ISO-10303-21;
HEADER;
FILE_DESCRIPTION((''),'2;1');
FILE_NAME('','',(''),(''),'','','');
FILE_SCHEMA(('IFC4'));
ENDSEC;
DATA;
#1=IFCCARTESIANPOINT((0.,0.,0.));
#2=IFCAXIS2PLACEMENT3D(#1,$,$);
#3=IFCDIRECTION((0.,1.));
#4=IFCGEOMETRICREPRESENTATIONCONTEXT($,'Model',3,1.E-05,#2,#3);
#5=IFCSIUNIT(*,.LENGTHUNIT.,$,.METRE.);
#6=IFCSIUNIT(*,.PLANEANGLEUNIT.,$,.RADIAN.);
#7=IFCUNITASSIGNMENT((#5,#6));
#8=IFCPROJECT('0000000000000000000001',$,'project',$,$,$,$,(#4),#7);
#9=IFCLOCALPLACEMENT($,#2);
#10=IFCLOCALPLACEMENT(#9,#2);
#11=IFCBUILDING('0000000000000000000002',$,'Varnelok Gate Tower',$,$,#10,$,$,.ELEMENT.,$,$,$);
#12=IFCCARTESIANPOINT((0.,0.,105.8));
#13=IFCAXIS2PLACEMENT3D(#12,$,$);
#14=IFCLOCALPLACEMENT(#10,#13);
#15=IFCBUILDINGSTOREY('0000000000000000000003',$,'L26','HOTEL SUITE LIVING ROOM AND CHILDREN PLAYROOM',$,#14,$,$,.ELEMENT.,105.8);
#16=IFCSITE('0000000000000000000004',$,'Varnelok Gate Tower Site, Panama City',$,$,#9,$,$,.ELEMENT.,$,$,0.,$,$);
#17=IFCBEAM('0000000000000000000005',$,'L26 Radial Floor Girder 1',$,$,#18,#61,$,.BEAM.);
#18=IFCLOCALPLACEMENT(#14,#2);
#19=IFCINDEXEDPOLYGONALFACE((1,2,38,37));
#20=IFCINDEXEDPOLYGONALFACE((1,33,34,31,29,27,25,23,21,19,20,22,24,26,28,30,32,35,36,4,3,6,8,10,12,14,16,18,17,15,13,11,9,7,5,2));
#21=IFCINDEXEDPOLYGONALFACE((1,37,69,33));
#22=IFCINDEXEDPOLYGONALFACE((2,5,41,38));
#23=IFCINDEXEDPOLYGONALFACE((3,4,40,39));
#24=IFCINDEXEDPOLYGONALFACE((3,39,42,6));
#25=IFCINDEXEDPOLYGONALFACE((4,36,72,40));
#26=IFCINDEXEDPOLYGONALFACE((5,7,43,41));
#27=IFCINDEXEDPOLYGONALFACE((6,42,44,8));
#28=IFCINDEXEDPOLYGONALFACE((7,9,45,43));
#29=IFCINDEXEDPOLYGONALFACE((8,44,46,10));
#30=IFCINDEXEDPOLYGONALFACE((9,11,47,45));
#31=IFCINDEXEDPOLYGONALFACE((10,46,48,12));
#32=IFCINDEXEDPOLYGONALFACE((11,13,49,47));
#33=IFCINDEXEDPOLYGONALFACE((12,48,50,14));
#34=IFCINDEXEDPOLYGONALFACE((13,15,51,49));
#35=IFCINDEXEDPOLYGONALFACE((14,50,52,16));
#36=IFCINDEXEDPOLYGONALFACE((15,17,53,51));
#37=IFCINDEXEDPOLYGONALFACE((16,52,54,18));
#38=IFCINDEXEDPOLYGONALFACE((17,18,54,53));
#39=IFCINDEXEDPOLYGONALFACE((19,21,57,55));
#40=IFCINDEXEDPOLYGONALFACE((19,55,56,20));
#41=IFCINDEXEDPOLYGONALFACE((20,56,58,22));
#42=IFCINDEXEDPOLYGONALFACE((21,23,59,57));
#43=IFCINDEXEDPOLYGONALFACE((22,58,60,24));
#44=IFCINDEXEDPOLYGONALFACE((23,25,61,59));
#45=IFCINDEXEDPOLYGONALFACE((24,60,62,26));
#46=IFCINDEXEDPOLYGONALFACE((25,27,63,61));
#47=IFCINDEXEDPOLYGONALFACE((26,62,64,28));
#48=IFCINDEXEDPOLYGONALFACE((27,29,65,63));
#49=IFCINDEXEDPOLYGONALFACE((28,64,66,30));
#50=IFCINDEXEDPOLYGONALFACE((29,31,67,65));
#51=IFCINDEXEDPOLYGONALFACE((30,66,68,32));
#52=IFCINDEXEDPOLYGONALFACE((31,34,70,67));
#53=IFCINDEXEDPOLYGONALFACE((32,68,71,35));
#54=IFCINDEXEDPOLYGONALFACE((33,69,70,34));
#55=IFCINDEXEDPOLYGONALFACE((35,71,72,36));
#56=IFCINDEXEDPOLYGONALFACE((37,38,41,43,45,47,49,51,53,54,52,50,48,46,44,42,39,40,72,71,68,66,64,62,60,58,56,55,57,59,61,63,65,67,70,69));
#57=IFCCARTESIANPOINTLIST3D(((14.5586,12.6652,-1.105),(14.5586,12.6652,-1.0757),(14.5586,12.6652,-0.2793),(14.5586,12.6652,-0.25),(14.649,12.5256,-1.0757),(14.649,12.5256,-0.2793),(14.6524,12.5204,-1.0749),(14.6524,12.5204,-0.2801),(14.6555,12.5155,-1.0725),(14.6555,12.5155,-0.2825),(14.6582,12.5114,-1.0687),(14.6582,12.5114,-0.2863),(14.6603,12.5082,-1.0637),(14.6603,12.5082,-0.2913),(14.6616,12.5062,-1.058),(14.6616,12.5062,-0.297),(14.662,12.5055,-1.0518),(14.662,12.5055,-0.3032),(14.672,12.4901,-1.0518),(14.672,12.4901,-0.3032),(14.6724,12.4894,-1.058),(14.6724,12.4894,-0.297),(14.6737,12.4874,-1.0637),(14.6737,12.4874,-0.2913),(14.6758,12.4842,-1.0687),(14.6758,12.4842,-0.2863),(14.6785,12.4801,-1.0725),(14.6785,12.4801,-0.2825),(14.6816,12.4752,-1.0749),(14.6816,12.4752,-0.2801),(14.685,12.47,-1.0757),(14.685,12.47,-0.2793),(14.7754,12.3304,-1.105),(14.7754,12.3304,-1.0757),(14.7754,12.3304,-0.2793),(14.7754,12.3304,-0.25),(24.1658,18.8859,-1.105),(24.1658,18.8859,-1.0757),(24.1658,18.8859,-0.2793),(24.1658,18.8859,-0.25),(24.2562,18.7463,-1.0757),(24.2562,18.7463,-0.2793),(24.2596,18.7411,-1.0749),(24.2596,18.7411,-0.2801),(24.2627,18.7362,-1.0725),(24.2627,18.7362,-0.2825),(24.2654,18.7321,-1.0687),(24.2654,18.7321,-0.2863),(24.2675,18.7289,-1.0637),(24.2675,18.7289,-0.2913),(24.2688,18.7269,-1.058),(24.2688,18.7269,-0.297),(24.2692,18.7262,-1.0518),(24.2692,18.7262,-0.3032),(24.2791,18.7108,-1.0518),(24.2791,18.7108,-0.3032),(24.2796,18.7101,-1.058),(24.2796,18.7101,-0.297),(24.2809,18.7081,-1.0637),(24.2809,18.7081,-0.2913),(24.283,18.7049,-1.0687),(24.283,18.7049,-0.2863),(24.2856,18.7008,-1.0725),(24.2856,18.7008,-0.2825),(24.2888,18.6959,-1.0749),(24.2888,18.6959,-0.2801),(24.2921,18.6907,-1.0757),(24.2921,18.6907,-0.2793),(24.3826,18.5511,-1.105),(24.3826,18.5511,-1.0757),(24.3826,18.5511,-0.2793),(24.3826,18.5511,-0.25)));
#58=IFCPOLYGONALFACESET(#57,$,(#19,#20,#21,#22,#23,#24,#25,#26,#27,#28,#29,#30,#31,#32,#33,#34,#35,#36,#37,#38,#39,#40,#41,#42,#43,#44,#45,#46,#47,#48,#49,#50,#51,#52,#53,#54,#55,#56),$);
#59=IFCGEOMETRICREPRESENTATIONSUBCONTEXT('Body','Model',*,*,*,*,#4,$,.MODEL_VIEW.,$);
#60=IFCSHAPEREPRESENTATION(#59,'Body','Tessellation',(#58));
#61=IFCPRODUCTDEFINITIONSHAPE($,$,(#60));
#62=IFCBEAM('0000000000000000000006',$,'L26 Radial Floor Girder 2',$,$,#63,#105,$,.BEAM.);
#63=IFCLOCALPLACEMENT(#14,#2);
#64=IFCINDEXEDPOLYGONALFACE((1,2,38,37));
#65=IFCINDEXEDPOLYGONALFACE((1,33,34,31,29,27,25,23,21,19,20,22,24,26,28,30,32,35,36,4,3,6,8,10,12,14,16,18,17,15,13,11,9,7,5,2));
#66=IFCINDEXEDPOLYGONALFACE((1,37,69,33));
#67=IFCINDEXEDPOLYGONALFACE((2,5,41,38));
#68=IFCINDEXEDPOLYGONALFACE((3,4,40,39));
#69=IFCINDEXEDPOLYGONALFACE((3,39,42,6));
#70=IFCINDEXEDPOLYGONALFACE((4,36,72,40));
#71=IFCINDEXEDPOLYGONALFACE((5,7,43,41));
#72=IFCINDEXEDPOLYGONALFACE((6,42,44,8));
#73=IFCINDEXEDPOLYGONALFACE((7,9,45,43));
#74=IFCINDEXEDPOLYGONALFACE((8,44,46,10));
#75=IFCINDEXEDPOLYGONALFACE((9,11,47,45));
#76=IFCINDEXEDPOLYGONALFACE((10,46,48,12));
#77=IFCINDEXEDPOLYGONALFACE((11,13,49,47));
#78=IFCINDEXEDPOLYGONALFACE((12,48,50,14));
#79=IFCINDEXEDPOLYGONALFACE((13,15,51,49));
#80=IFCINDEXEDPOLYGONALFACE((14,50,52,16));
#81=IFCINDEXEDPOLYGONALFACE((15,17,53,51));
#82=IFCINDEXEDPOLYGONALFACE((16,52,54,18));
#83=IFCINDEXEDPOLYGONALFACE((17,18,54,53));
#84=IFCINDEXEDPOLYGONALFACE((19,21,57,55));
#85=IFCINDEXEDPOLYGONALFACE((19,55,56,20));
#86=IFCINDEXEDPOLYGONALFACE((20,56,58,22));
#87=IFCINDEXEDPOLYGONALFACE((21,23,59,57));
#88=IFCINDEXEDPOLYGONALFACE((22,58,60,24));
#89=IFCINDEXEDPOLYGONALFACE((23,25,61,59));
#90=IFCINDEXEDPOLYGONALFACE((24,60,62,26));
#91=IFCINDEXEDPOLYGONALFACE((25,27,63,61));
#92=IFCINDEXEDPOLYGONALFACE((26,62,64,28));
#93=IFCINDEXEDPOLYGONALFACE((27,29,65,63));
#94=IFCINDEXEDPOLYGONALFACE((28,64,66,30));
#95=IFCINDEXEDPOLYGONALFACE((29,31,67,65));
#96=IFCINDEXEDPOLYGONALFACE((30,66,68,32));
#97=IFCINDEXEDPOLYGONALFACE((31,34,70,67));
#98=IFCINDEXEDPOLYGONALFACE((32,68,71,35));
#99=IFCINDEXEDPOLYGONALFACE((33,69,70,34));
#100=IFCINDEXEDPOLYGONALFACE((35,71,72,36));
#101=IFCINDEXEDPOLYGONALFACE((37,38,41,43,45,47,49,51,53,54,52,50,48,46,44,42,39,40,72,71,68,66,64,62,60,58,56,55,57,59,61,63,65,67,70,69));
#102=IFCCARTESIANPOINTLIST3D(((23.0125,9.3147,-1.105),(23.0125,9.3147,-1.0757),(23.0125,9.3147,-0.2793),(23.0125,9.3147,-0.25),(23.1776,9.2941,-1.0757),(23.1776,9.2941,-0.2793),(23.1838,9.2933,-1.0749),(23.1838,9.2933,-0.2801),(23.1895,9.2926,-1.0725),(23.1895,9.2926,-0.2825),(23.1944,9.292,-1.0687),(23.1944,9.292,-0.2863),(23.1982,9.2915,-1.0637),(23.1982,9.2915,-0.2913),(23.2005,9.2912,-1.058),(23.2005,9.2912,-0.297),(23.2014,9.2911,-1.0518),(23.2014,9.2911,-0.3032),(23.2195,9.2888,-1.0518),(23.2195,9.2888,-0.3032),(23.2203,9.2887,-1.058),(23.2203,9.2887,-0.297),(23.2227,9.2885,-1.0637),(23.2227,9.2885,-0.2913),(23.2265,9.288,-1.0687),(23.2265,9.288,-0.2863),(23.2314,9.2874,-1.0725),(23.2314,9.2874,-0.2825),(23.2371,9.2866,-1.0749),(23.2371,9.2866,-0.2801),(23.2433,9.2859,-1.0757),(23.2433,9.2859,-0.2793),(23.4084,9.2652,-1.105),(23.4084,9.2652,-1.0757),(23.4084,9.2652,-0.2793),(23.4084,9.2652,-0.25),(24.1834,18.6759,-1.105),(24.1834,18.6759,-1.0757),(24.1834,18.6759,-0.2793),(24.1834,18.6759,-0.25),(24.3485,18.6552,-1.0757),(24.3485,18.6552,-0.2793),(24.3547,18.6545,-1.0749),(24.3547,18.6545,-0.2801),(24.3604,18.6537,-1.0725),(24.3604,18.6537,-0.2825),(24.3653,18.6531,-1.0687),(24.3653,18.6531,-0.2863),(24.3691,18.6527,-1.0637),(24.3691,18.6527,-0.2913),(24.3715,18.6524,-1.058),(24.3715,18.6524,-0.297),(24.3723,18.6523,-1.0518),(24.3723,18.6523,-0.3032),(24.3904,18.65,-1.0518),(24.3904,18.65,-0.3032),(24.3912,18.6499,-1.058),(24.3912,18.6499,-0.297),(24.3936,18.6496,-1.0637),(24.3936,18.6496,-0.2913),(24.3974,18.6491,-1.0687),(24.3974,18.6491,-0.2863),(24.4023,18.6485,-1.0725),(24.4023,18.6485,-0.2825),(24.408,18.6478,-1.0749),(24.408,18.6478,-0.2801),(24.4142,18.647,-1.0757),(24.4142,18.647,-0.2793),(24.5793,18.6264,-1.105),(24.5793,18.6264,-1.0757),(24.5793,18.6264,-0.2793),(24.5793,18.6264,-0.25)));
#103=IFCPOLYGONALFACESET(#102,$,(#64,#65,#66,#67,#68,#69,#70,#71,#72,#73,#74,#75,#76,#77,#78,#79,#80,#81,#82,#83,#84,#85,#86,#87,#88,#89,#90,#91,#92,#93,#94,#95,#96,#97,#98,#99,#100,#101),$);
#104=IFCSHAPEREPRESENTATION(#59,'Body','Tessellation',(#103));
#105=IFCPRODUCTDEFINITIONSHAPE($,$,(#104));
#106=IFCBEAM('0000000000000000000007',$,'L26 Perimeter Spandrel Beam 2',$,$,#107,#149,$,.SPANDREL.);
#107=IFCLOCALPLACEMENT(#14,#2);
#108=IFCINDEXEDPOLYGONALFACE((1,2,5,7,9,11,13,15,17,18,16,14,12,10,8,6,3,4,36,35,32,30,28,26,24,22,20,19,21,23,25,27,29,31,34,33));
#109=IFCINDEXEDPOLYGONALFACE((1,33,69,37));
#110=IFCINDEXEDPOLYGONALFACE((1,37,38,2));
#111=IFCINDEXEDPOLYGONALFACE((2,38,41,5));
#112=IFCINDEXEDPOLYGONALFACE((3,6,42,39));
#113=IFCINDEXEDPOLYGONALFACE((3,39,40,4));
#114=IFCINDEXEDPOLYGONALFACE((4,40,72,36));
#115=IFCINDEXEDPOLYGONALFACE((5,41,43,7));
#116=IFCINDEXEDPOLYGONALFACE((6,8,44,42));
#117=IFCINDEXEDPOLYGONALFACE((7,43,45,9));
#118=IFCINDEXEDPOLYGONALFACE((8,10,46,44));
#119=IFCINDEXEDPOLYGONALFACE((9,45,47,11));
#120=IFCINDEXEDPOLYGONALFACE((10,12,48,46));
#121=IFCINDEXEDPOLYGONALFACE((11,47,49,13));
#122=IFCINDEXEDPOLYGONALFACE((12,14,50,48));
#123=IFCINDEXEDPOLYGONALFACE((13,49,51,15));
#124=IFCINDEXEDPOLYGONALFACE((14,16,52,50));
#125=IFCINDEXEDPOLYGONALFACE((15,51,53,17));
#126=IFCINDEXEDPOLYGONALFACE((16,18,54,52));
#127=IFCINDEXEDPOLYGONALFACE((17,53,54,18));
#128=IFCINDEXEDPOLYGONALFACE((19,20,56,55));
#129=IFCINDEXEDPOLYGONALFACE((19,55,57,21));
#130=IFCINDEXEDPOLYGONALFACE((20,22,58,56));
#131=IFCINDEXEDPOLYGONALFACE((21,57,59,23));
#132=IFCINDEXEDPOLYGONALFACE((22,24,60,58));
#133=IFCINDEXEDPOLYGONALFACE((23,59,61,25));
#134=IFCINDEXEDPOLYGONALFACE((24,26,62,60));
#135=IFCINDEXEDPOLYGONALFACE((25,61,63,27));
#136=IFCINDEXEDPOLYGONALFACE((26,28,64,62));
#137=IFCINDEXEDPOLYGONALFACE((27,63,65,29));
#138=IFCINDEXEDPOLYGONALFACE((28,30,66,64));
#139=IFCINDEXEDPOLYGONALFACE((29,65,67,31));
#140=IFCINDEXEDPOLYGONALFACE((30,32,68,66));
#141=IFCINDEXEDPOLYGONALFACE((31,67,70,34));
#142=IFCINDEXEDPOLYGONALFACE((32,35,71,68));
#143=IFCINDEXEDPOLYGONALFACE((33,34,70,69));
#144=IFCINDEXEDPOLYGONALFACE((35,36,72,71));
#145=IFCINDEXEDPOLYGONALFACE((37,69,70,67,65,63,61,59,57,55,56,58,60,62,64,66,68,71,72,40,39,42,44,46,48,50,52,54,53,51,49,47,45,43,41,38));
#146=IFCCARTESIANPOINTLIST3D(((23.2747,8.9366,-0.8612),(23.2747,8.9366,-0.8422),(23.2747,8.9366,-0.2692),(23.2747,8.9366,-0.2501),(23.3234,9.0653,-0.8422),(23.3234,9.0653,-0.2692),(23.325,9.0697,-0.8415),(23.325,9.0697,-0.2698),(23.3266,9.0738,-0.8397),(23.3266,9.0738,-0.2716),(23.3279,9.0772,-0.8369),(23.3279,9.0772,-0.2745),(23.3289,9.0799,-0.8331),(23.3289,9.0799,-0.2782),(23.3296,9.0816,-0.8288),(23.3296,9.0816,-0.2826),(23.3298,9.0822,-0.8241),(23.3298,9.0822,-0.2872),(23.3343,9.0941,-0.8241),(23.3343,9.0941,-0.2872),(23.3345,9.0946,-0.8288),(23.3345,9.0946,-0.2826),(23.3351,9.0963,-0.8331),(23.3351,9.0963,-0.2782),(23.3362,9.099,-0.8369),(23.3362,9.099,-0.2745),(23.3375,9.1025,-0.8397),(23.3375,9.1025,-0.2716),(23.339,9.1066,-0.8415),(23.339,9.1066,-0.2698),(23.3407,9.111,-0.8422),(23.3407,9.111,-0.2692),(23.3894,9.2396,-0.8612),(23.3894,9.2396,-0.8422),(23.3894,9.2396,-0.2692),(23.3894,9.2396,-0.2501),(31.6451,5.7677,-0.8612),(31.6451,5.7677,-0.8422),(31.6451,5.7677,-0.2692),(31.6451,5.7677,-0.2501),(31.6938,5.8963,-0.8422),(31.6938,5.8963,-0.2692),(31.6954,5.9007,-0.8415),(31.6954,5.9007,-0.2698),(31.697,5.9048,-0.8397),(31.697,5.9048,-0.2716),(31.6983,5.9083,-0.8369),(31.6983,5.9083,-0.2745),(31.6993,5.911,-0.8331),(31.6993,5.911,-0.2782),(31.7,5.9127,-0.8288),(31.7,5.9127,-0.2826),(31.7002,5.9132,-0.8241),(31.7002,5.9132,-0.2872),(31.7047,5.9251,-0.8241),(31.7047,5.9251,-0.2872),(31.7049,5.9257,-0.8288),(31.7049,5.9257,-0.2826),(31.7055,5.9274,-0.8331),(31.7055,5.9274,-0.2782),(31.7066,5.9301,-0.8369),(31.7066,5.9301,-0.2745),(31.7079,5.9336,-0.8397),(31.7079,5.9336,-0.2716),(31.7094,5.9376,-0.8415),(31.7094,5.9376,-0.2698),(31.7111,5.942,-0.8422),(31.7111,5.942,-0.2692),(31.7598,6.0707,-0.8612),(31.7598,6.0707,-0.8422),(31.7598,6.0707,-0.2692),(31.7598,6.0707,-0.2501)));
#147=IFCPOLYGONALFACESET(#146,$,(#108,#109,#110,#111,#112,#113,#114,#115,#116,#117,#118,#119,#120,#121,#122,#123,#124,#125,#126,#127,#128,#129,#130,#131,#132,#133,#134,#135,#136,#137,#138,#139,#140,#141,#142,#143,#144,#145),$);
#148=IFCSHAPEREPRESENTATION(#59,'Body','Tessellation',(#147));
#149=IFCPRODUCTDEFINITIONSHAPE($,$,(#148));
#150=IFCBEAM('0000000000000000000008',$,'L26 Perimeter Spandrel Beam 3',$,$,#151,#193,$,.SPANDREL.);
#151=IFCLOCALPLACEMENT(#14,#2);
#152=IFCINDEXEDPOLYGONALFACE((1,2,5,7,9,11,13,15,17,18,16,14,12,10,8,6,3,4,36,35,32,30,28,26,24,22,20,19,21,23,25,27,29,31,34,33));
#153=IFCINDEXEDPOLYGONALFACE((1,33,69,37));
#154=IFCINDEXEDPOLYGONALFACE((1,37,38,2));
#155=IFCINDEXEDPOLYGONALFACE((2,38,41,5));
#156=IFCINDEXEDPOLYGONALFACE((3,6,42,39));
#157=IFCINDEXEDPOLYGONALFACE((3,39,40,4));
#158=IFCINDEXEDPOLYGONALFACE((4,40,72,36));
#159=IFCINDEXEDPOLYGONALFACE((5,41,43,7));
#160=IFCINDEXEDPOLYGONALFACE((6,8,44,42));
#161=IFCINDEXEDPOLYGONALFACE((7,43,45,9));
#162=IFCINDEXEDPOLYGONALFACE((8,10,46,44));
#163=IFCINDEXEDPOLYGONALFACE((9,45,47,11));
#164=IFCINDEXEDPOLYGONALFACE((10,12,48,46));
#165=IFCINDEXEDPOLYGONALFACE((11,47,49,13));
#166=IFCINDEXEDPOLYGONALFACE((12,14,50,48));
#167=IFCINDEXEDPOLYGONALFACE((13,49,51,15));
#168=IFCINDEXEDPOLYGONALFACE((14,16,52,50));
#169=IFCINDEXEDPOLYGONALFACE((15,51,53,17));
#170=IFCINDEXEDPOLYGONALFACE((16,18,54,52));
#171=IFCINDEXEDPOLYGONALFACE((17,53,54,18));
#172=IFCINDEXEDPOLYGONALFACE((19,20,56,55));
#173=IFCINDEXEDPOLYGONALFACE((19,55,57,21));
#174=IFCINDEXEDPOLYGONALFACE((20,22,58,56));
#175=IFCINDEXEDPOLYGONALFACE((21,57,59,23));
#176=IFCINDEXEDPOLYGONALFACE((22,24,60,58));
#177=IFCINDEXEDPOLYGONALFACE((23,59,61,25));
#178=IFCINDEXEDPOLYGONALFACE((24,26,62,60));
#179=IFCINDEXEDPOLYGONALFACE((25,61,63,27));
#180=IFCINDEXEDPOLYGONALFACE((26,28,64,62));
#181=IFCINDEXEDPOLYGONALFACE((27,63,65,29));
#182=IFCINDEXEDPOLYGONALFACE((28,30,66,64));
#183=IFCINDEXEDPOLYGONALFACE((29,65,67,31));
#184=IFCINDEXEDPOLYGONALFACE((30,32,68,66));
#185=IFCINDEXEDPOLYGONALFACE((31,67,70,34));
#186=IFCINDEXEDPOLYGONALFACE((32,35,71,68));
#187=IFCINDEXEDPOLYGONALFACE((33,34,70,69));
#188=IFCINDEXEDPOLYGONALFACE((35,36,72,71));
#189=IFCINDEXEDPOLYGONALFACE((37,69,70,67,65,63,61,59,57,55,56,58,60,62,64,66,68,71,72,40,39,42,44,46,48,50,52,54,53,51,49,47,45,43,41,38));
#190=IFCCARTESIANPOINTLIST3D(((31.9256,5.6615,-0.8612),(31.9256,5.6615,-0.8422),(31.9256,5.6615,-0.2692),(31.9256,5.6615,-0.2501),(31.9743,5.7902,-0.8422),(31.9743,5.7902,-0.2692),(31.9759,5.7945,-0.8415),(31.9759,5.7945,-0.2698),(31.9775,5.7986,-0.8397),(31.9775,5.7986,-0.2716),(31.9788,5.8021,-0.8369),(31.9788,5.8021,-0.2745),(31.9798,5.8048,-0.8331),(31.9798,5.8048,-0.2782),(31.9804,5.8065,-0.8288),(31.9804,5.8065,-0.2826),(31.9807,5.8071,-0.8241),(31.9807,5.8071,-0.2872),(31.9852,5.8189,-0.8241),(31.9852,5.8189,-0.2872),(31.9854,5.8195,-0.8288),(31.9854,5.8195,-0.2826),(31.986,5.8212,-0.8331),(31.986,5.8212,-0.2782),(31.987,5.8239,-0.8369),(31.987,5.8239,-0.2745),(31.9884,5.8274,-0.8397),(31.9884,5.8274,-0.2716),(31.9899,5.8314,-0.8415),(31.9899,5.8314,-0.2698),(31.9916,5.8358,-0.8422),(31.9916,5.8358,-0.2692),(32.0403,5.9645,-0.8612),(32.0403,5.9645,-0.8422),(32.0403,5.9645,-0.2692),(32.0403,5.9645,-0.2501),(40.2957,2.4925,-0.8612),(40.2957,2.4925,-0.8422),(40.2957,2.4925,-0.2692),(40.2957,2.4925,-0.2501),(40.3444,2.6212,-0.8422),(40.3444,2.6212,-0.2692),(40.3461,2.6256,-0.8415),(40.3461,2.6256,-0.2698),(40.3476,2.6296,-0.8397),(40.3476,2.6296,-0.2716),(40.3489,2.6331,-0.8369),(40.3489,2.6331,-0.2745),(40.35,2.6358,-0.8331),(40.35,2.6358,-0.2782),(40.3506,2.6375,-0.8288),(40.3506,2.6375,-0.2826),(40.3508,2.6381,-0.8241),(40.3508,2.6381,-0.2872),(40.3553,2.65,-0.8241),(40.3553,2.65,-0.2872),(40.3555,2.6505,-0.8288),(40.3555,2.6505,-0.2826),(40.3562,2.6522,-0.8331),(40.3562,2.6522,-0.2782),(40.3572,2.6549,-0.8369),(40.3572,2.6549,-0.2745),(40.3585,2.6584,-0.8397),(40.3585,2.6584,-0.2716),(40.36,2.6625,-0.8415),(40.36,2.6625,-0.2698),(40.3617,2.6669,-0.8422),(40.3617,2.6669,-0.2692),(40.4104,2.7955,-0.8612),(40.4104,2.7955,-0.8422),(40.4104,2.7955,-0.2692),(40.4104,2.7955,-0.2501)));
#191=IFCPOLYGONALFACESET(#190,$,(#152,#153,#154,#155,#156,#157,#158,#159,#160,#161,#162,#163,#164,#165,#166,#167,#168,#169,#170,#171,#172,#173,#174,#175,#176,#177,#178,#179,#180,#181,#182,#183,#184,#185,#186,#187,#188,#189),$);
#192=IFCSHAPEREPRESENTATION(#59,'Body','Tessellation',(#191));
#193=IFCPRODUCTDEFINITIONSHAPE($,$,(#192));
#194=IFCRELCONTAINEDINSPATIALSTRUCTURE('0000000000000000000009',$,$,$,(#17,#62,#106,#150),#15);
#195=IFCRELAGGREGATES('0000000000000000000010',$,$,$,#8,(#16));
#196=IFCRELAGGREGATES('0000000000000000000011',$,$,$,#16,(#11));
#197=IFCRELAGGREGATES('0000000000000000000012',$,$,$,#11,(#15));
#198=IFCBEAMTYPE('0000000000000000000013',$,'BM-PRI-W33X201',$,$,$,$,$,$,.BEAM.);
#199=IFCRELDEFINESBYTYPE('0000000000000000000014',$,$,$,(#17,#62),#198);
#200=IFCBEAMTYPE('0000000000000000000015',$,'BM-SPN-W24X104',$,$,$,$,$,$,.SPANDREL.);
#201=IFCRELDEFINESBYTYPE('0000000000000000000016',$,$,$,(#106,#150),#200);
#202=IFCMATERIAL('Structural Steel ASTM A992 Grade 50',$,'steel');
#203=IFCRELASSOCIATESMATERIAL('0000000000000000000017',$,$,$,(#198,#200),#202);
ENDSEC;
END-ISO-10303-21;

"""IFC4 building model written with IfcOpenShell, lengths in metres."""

from ifc_helpers import new_model, si_unit, direction, frame, origin, origin_2d, place, context, subcontext, project, spatial, i_section, extrude, material, material_profile, profile_set, type_object, element, save


model = new_model("IFC4")

# Units and contexts
model_context = context("Model", 3, precision=1e-05, world=origin(), true_north=direction((0.0, 1.0)))
body_context = subcontext(model_context, "Body", "Model", "MODEL_VIEW")
ifc_project = project(units=[si_unit("LENGTHUNIT", "METRE"), si_unit("PLANEANGLEUNIT", "RADIAN")], contexts=[model_context])

# Site, building, storey
site_placement = place(None, origin())
site = spatial("IfcSite", under=ifc_project, at=site_placement, Name="Varnelok Gate Tower Site, Panama City", CompositionType="ELEMENT", RefElevation=0.0)
building_placement = place(site_placement, origin())
building = spatial("IfcBuilding", under=site, at=building_placement, Name="Varnelok Gate Tower", CompositionType="ELEMENT")
storey_placement = place(building_placement, frame((0.0, 0.0, 105.8)))
storey = spatial("IfcBuildingStorey", under=building, at=storey_placement, Name="L26", Description="HOTEL SUITE LIVING ROOM AND CHILDREN PLAYROOM", CompositionType="ELEMENT", Elevation=105.8)

# Shared definitions
ifc_material_1 = material(Name="Structural Steel ASTM A992 Grade 50", Category="steel")

# Beams
ifc_material_profile_1 = material_profile(ifc_material_1, i_section(OverallWidth=0.3989, OverallDepth=0.855, WebThickness=0.0183, FlangeThickness=0.0293, FilletRadius=0.0239, at=origin_2d()), Name="W33X201")
ifc_profile_set_1 = profile_set([ifc_material_profile_1], Name="Structural Steel ASTM A992 Grade 50")
beam_type_1 = type_object("IfcBeamType", Name="BM-PRI-W33X201", PredefinedType="BEAM", material=ifc_profile_set_1)
beam_1_placement = place(storey_placement, frame((24.2742, 18.7185, -0.6775), z_axis=(-0.839399, -0.543516, 0.0), x_axis=(0.543516, -0.839399, 0.0)))
element("IfcBeam", 1, at=beam_1_placement, inside=storey, type_object=beam_type_1, Name="L26 Radial Floor Girder 1", PredefinedType="BEAM", context=body_context, shape_type="SweptSolid", body=[
    extrude(i_section(OverallWidth=0.3989, OverallDepth=0.855, WebThickness=0.0183, FlangeThickness=0.0293, FilletRadius=0.0239, at=origin_2d()), origin(), (0.0, 0.0, 1.0), 11.4453),
])
beam_2_placement = place(storey_placement, frame((24.3813, 18.6511, -0.6775), z_axis=(-0.124114, -0.992268, 0.0), x_axis=(0.992268, -0.124114, 0.0)))
element("IfcBeam", 2, at=beam_2_placement, inside=storey, type_object=beam_type_1, Name="L26 Radial Floor Girder 2", PredefinedType="BEAM", context=body_context, shape_type="SweptSolid", body=[
    extrude(i_section(OverallWidth=0.3989, OverallDepth=0.855, WebThickness=0.0183, FlangeThickness=0.0293, FilletRadius=0.0239, at=origin_2d()), origin(), (0.0, 0.0, 1.0), 9.4341),
])
ifc_material_profile_2 = material_profile(ifc_material_1, i_section(OverallWidth=0.324, OverallDepth=0.6111, WebThickness=0.0127, FlangeThickness=0.019, FilletRadius=0.0181, at=origin_2d()), Name="W24X104")
ifc_profile_set_2 = profile_set([ifc_material_profile_2], Name="Structural Steel ASTM A992 Grade 50")
beam_type_2 = type_object("IfcBeamType", Name="BM-SPN-W24X104", PredefinedType="SPANDREL", material=ifc_profile_set_2)
beam_3_placement = place(storey_placement, frame((23.332, 9.0881, -0.5557), z_axis=(0.93522, -0.354066, 0.0), x_axis=(0.354066, 0.93522, 0.0)))
element("IfcBeam", 3, at=beam_3_placement, inside=storey, type_object=beam_type_2, Name="L26 Perimeter Spandrel Beam 2", PredefinedType="SPANDREL", context=body_context, shape_type="SweptSolid", body=[
    extrude(i_section(OverallWidth=0.324, OverallDepth=0.6111, WebThickness=0.0127, FlangeThickness=0.019, FilletRadius=0.0181, at=origin_2d()), origin(), (0.0, 0.0, 1.0), 8.9502),
])
beam_4_placement = place(storey_placement, frame((31.9829, 5.813, -0.5557), z_axis=(0.935217, -0.354075, 0.0), x_axis=(0.354075, 0.935217, 0.0)))
element("IfcBeam", 4, at=beam_4_placement, inside=storey, type_object=beam_type_2, Name="L26 Perimeter Spandrel Beam 3", PredefinedType="SPANDREL", context=body_context, shape_type="SweptSolid", body=[
    extrude(i_section(OverallWidth=0.324, OverallDepth=0.6111, WebThickness=0.0127, FlangeThickness=0.019, FilletRadius=0.0181, at=origin_2d()), origin(), (0.0, 0.0, 1.0), 8.95),
])

save(model, "model.ifc")
